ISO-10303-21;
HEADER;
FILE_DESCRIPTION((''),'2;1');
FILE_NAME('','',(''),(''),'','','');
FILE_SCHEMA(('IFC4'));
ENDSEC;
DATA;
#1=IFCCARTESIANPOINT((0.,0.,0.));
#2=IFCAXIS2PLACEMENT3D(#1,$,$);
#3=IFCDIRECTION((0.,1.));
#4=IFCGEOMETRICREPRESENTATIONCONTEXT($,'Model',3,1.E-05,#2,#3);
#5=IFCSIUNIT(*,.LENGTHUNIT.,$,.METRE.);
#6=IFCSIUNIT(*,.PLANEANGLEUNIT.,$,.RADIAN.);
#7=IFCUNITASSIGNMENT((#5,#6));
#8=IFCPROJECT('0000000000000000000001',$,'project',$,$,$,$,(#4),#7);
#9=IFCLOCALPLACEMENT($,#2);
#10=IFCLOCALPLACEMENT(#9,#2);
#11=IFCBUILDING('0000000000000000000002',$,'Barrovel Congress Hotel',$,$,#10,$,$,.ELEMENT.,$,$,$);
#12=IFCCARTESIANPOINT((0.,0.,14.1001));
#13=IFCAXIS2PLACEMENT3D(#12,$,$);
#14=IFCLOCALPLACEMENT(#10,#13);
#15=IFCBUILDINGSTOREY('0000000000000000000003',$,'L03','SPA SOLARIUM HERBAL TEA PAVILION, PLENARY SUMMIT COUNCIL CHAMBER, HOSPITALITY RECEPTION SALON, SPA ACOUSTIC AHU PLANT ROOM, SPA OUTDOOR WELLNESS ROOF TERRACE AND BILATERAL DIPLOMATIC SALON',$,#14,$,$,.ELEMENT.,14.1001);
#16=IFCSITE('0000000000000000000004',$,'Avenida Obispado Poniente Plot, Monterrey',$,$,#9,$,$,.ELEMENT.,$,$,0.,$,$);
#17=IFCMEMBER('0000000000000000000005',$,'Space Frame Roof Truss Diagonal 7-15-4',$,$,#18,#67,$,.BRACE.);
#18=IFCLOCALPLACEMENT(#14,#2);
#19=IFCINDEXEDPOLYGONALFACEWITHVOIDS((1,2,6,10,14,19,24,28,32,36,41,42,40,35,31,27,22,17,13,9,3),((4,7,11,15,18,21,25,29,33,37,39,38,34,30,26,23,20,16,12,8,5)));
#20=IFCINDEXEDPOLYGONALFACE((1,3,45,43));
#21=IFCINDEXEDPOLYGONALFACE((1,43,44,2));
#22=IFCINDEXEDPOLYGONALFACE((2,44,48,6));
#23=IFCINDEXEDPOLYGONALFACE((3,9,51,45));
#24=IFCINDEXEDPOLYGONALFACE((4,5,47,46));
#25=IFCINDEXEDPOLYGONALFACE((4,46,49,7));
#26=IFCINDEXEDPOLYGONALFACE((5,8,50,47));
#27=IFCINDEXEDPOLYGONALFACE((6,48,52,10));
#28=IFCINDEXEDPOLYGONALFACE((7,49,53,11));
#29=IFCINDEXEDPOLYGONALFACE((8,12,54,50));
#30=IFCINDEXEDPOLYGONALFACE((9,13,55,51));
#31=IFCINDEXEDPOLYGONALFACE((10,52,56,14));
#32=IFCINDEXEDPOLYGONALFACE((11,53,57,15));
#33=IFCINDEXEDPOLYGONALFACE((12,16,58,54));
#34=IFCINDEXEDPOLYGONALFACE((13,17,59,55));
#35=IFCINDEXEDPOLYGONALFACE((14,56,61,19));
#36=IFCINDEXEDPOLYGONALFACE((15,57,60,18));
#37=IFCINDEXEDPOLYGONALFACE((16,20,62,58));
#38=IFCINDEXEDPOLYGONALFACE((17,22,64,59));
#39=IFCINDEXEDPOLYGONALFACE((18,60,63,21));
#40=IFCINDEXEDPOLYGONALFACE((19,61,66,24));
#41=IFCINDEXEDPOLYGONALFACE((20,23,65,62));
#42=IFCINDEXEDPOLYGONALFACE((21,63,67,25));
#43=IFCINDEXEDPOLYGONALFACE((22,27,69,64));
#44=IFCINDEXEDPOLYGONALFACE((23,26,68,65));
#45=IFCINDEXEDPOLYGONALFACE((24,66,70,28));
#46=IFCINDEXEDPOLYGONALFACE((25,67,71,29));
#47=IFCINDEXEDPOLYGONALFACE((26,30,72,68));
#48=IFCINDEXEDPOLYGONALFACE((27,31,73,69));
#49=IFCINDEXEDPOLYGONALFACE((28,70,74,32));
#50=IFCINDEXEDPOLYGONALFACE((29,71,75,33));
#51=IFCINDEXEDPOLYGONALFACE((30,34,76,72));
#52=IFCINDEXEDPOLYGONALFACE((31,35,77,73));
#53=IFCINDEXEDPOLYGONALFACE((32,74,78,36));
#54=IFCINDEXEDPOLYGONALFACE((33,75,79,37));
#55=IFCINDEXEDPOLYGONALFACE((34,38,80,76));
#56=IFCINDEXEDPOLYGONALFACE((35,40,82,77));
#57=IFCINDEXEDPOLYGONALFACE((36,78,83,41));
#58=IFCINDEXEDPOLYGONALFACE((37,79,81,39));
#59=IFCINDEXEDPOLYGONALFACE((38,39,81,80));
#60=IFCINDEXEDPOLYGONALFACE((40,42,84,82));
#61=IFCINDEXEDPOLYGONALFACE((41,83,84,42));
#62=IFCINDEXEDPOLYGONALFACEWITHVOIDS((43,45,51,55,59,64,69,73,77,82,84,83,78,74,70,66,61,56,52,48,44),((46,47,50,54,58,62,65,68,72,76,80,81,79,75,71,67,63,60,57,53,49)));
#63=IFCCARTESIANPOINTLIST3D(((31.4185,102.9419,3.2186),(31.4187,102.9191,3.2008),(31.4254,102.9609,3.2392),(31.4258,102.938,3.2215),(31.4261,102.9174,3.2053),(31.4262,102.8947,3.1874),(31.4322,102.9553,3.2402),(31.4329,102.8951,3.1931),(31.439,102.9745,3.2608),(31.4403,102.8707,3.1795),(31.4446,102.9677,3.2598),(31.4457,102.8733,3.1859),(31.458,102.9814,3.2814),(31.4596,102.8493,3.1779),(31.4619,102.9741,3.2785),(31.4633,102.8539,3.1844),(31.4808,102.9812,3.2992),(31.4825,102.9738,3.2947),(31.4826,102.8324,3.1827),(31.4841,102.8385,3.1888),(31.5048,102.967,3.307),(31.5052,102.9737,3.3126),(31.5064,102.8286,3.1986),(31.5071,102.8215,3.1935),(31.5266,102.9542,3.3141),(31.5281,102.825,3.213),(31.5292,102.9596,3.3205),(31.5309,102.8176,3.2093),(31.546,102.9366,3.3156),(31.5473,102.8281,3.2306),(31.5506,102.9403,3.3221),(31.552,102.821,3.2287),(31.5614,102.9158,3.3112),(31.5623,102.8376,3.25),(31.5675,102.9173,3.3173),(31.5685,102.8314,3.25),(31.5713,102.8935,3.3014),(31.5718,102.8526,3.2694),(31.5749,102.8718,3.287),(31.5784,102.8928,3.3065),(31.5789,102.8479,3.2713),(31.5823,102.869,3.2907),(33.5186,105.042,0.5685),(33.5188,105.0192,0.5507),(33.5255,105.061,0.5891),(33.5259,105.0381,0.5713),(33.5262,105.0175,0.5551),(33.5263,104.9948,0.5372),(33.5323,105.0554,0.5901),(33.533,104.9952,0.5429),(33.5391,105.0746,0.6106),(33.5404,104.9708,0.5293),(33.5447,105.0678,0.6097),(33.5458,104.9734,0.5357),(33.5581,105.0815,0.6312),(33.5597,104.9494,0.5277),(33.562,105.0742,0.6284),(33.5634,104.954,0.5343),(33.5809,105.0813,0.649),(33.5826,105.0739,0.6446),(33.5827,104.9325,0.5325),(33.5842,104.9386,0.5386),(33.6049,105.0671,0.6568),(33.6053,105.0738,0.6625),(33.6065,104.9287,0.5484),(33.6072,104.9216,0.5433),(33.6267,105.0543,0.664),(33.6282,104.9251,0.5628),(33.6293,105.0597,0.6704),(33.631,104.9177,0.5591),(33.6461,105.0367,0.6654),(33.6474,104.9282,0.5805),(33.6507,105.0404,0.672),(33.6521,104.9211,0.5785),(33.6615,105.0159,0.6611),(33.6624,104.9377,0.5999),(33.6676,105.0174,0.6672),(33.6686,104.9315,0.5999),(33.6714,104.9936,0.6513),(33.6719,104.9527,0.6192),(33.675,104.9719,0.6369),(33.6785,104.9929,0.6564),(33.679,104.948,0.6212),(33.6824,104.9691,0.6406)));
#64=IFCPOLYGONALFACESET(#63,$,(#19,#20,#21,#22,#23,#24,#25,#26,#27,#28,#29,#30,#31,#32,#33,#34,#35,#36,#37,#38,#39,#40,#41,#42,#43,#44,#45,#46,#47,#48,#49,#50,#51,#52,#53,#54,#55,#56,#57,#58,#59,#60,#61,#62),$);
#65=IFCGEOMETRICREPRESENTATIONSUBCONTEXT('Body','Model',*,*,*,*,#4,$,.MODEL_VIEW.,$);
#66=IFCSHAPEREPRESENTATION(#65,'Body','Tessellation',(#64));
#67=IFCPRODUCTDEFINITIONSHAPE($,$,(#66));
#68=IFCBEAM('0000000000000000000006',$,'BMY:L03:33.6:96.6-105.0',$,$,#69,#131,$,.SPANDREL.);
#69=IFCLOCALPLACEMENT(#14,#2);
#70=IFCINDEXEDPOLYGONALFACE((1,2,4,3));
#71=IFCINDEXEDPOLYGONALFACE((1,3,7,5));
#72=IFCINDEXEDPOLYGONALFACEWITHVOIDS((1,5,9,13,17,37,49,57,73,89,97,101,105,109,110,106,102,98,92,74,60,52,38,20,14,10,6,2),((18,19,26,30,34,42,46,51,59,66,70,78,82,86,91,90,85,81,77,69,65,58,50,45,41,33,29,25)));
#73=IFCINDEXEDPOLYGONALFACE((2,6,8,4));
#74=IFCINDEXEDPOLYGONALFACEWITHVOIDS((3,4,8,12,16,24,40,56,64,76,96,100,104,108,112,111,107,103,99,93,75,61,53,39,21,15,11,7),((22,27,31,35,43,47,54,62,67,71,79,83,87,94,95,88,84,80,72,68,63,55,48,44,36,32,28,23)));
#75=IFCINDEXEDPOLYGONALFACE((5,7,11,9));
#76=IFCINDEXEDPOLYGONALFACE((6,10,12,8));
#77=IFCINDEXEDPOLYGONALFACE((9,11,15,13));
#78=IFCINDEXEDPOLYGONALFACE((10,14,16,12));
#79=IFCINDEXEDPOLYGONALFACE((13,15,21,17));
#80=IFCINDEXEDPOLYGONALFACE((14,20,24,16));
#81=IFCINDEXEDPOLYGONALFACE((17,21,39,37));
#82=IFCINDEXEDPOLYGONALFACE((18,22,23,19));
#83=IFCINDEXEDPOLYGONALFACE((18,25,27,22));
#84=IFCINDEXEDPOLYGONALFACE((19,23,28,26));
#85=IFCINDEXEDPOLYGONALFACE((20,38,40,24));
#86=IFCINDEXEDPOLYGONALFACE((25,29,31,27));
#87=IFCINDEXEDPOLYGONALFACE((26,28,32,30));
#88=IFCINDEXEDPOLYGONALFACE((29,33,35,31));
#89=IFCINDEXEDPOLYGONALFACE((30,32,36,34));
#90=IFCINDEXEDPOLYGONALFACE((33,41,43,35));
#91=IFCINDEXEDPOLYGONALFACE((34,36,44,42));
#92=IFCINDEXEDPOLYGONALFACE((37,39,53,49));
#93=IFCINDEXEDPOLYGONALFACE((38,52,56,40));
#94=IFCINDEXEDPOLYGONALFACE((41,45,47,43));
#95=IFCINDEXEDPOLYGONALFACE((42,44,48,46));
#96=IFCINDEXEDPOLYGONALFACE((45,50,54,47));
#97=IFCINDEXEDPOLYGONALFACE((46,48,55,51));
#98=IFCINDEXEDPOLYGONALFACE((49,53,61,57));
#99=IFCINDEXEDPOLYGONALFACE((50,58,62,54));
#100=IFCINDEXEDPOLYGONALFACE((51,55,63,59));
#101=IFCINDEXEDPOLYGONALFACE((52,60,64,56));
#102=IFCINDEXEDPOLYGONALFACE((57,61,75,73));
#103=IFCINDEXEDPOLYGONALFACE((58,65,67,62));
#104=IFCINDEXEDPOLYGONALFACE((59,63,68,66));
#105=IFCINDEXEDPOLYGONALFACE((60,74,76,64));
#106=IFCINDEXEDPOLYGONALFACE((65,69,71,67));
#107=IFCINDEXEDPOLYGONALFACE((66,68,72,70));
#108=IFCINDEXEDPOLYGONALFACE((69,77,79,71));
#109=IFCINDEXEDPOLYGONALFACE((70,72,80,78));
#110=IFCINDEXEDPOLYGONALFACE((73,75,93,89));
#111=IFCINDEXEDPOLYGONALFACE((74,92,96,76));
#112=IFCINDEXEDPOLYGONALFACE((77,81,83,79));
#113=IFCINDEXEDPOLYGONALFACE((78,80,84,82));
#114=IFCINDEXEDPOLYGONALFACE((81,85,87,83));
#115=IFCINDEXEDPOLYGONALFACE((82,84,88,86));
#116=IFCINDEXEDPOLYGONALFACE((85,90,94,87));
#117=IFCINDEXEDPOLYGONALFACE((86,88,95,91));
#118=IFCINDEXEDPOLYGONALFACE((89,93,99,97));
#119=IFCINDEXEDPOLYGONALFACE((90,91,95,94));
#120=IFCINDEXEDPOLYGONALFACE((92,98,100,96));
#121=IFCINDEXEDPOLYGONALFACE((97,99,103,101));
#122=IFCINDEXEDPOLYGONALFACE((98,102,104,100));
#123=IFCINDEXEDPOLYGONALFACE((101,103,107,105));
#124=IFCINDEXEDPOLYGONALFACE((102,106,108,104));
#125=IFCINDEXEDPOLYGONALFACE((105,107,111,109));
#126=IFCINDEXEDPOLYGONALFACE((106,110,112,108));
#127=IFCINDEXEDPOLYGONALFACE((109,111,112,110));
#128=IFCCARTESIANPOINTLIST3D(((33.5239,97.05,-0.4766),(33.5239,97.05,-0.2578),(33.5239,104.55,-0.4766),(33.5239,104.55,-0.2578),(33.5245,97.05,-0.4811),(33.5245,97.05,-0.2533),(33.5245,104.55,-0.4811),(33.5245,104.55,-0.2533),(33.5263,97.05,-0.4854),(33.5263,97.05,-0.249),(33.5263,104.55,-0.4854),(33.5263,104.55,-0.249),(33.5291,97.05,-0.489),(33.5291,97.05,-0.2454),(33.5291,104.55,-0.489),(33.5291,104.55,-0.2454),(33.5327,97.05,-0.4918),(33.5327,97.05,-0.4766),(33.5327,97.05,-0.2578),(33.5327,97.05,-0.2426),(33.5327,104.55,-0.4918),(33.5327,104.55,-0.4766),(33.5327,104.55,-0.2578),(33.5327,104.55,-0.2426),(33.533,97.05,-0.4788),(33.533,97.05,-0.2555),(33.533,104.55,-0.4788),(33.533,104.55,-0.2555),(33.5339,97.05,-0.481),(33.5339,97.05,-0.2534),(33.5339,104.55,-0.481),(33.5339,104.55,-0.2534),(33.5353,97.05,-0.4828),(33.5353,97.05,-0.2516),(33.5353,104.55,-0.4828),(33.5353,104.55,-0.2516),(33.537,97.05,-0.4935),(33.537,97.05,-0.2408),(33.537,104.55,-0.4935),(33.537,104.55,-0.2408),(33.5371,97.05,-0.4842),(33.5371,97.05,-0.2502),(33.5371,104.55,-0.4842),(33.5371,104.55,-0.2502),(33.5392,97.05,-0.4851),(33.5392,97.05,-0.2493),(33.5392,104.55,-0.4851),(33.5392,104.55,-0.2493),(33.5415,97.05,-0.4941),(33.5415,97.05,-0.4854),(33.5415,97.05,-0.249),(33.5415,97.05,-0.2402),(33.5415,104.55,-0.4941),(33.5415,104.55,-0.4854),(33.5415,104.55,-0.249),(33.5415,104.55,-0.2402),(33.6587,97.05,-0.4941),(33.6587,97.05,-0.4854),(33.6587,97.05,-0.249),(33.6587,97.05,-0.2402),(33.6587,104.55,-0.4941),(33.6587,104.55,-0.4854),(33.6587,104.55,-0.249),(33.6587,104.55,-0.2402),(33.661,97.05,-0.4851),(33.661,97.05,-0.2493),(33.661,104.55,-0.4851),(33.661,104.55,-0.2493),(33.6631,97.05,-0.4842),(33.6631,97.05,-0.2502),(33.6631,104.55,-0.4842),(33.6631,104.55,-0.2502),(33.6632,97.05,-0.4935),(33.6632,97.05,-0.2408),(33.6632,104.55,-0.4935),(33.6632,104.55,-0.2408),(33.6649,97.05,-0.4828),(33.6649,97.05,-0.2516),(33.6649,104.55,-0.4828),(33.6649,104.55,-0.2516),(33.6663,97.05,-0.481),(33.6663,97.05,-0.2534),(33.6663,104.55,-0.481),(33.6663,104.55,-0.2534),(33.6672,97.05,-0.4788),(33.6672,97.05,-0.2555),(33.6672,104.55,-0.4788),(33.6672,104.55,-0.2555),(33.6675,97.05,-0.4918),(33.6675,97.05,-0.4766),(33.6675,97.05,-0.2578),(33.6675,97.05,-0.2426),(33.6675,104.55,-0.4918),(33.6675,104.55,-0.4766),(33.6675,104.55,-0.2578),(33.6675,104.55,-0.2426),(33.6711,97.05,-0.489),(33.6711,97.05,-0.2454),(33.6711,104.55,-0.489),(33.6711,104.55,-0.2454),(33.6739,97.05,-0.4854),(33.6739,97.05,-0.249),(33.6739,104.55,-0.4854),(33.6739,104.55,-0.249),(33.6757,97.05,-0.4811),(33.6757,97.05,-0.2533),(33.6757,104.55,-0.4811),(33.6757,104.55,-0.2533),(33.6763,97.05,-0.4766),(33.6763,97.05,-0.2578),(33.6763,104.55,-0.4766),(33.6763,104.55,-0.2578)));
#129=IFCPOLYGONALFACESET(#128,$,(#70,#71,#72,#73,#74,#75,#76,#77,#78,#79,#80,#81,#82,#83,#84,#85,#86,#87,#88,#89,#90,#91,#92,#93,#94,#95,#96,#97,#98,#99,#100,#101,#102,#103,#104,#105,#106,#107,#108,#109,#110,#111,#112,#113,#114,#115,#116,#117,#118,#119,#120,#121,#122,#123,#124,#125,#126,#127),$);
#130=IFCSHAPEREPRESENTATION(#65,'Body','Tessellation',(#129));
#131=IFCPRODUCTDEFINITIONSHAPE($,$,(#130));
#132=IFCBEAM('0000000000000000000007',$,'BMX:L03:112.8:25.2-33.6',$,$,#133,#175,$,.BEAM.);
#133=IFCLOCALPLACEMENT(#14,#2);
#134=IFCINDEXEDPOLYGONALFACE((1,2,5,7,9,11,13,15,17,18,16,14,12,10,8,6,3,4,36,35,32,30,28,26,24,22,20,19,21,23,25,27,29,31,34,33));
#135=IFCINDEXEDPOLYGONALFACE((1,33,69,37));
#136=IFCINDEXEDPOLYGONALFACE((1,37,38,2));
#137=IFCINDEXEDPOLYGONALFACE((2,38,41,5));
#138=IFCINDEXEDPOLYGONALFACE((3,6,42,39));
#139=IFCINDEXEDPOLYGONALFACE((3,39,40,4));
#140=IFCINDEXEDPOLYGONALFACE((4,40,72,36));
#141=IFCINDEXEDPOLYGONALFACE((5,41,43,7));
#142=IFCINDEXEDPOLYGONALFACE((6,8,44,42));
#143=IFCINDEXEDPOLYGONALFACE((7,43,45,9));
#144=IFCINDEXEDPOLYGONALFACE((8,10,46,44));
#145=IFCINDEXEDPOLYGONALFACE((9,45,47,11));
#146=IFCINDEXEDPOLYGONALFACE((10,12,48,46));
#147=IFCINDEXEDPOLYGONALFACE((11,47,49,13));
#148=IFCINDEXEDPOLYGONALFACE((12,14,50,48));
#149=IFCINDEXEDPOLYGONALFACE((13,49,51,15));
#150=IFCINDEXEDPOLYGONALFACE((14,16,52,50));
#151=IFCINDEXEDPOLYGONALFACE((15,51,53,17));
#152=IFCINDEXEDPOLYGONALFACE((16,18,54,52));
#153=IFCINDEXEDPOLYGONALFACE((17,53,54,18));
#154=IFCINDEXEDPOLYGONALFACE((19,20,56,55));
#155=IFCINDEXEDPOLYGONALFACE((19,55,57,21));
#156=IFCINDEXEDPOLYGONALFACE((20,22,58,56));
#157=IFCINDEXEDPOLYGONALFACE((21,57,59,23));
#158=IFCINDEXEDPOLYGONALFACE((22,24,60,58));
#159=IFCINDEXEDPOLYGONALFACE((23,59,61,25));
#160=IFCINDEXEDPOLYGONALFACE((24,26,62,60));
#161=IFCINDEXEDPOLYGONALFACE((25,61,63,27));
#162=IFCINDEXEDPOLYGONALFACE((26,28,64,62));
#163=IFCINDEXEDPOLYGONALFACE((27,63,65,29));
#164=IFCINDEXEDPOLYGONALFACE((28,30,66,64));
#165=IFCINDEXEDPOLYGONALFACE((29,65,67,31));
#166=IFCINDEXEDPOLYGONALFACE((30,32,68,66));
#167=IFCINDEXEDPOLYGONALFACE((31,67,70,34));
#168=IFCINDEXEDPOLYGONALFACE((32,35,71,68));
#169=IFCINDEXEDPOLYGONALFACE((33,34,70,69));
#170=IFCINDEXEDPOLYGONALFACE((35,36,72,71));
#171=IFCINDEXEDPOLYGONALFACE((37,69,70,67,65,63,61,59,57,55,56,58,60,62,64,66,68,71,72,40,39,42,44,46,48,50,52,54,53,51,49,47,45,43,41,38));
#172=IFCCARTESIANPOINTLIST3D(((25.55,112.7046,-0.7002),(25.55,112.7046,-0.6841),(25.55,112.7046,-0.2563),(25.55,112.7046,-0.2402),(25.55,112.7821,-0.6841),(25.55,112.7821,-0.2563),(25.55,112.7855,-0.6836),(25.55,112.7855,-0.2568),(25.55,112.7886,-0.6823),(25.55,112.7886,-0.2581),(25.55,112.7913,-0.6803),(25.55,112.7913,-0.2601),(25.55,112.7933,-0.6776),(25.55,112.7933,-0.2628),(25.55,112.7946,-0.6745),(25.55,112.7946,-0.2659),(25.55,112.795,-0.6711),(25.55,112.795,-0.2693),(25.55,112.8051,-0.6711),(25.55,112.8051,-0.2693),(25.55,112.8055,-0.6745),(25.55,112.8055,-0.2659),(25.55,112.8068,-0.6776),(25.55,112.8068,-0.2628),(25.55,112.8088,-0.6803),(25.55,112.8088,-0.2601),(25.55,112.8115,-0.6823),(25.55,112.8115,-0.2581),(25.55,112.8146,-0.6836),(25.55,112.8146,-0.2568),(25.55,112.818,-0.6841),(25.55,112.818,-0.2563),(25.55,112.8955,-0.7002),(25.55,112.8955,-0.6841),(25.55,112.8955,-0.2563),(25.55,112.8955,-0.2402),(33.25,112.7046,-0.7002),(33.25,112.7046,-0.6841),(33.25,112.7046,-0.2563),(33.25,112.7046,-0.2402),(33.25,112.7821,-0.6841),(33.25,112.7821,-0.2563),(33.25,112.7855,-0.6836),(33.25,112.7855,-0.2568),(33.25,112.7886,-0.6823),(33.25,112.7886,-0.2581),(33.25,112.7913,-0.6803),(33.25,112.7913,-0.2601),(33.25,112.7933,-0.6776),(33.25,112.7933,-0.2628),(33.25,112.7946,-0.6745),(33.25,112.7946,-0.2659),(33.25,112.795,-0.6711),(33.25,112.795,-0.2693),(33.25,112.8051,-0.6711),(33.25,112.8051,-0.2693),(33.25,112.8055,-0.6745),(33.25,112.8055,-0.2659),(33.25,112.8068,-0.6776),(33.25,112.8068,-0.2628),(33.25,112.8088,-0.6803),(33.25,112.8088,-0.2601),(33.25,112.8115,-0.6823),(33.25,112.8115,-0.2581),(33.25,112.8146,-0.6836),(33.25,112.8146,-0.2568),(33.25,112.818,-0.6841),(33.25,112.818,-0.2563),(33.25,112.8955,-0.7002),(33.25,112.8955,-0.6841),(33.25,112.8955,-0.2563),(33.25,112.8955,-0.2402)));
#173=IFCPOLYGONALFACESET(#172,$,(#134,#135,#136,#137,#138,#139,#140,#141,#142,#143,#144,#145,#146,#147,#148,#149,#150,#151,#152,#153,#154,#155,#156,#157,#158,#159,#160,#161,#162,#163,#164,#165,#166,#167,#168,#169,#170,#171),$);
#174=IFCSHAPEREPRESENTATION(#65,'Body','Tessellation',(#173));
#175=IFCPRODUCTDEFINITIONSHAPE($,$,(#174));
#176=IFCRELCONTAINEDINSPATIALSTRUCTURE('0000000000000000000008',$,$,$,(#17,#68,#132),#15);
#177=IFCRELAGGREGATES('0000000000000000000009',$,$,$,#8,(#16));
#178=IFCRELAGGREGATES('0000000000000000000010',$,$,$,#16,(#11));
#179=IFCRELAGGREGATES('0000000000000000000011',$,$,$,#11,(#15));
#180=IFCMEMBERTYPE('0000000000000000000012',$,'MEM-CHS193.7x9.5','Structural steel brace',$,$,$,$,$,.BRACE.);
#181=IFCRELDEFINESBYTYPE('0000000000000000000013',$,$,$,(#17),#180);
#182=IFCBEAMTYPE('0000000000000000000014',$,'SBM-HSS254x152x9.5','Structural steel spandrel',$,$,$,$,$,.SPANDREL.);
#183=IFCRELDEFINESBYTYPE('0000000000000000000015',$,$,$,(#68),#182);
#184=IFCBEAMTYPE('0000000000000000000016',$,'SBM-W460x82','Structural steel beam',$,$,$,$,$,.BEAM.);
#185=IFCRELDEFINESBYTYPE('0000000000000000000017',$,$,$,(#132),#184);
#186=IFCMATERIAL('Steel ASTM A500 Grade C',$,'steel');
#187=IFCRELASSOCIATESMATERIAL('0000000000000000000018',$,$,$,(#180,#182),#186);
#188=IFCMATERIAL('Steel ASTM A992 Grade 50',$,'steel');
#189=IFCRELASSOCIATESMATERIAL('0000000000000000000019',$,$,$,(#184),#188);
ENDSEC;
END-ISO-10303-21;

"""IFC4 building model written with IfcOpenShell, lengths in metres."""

from ifc_helpers import new_model, si_unit, direction, frame, origin, origin_2d, place, context, subcontext, project, spatial, hollow_rectangle, hollow_circle, i_section, extrude, material, material_profile, profile_set, type_object, element, save


model = new_model("IFC4")

# Units and contexts
model_context = context("Model", 3, precision=1e-05, world=origin(), true_north=direction((0.0, 1.0)))
body_context = subcontext(model_context, "Body", "Model", "MODEL_VIEW")
ifc_project = project(units=[si_unit("LENGTHUNIT", "METRE"), si_unit("PLANEANGLEUNIT", "RADIAN")], contexts=[model_context])

# Site, building, storey
site_placement = place(None, origin())
site = spatial("IfcSite", under=ifc_project, at=site_placement, Name="Avenida Obispado Poniente Plot, Monterrey", CompositionType="ELEMENT", RefElevation=0.0)
building_placement = place(site_placement, origin())
building = spatial("IfcBuilding", under=site, at=building_placement, Name="Barrovel Congress Hotel", CompositionType="ELEMENT")
storey_placement = place(building_placement, frame((0.0, 0.0, 14.1001)))
storey = spatial("IfcBuildingStorey", under=building, at=storey_placement, Name="L03", Description="SPA SOLARIUM HERBAL TEA PAVILION, PLENARY SUMMIT COUNCIL CHAMBER, HOSPITALITY RECEPTION SALON, SPA ACOUSTIC AHU PLANT ROOM, SPA OUTDOOR WELLNESS ROOF TERRACE AND BILATERAL DIPLOMATIC SALON", CompositionType="ELEMENT", Elevation=14.1001)

# Member
ifc_material_1 = material(Name="Steel ASTM A500 Grade C", Category="steel")
ifc_material_profile_1 = material_profile(ifc_material_1, hollow_circle(Radius=0.0969, WallThickness=0.0088, at=origin_2d()), Name="CHS193.7x9.5")
ifc_profile_set_1 = profile_set([ifc_material_profile_1], Name="Steel ASTM A500 Grade C")
member_type_1 = type_object("IfcMemberType", Name="MEM-CHS193.7x9.5", Description="Structural steel brace", PredefinedType="BRACE", material=ifc_profile_set_1)
for number, where, z_axis, x_axis, name in (
    (1, (33.6001, 105.0, 0.5999), (-0.527601, -0.527601, 0.665788), (0.707107, -0.707107, 0.0), "Space Frame Roof Truss Diagonal 7-15-4"),
):
    element("IfcMember", number, at=place(storey_placement, frame(where, z_axis=z_axis, x_axis=x_axis)), inside=storey, type_object=member_type_1, Name=name, PredefinedType="BRACE", context=body_context, shape_type="SweptSolid", body=[
        extrude(hollow_circle(Radius=0.0969, WallThickness=0.0088, at=origin_2d()), origin(), (0.0, 0.0, 1.0), 3.9805),
    ])

# Beams
ifc_material_profile_2 = material_profile(ifc_material_1, hollow_rectangle(XDim=0.1523, YDim=0.2539, WallThickness=0.0088, InnerFilletRadius=0.0088, OuterFilletRadius=0.0176, at=origin_2d()), Name="HSS254x152x9.5")
ifc_profile_set_2 = profile_set([ifc_material_profile_2], Name="Steel ASTM A500 Grade C")
beam_type_1 = type_object("IfcBeamType", Name="SBM-HSS254x152x9.5", Description="Structural steel spandrel", PredefinedType="SPANDREL", material=ifc_profile_set_2)
beam_1_placement = place(storey_placement, frame((33.6001, 97.05, -0.3672), z_axis=(0.0, 1.0, 0.0), x_axis=(-1.0, 0.0, 0.0)))
element("IfcBeam", 2, at=beam_1_placement, inside=storey, type_object=beam_type_1, Name="BMY:L03:33.6:96.6-105.0", PredefinedType="SPANDREL", context=body_context, shape_type="SweptSolid", body=[
    extrude(hollow_rectangle(XDim=0.1523, YDim=0.2539, WallThickness=0.0088, InnerFilletRadius=0.0088, OuterFilletRadius=0.0176, at=origin_2d()), origin(), (0.0, 0.0, 1.0), 7.5),
])
ifc_material_2 = material(Name="Steel ASTM A992 Grade 50", Category="steel")
ifc_material_profile_3 = material_profile(ifc_material_2, i_section(OverallWidth=0.1909, OverallDepth=0.46, WebThickness=0.01, FlangeThickness=0.0161, FilletRadius=0.0129, at=origin_2d()), Name="W460x82")
ifc_profile_set_3 = profile_set([ifc_material_profile_3], Name="Steel ASTM A992 Grade 50")
beam_type_2 = type_object("IfcBeamType", Name="SBM-W460x82", Description="Structural steel beam", PredefinedType="BEAM", material=ifc_profile_set_3)
beam_2_placement = place(storey_placement, frame((25.55, 112.8, -0.4702), z_axis=(1.0, 0.0, 0.0), x_axis=(0.0, 1.0, 0.0)))
element("IfcBeam", 3, at=beam_2_placement, inside=storey, type_object=beam_type_2, Name="BMX:L03:112.8:25.2-33.6", PredefinedType="BEAM", context=body_context, shape_type="SweptSolid", body=[
    extrude(i_section(OverallWidth=0.1909, OverallDepth=0.46, WebThickness=0.01, FlangeThickness=0.0161, FilletRadius=0.0129, at=origin_2d()), origin(), (0.0, 0.0, 1.0), 7.7),
])

save(model, "model.ifc")
